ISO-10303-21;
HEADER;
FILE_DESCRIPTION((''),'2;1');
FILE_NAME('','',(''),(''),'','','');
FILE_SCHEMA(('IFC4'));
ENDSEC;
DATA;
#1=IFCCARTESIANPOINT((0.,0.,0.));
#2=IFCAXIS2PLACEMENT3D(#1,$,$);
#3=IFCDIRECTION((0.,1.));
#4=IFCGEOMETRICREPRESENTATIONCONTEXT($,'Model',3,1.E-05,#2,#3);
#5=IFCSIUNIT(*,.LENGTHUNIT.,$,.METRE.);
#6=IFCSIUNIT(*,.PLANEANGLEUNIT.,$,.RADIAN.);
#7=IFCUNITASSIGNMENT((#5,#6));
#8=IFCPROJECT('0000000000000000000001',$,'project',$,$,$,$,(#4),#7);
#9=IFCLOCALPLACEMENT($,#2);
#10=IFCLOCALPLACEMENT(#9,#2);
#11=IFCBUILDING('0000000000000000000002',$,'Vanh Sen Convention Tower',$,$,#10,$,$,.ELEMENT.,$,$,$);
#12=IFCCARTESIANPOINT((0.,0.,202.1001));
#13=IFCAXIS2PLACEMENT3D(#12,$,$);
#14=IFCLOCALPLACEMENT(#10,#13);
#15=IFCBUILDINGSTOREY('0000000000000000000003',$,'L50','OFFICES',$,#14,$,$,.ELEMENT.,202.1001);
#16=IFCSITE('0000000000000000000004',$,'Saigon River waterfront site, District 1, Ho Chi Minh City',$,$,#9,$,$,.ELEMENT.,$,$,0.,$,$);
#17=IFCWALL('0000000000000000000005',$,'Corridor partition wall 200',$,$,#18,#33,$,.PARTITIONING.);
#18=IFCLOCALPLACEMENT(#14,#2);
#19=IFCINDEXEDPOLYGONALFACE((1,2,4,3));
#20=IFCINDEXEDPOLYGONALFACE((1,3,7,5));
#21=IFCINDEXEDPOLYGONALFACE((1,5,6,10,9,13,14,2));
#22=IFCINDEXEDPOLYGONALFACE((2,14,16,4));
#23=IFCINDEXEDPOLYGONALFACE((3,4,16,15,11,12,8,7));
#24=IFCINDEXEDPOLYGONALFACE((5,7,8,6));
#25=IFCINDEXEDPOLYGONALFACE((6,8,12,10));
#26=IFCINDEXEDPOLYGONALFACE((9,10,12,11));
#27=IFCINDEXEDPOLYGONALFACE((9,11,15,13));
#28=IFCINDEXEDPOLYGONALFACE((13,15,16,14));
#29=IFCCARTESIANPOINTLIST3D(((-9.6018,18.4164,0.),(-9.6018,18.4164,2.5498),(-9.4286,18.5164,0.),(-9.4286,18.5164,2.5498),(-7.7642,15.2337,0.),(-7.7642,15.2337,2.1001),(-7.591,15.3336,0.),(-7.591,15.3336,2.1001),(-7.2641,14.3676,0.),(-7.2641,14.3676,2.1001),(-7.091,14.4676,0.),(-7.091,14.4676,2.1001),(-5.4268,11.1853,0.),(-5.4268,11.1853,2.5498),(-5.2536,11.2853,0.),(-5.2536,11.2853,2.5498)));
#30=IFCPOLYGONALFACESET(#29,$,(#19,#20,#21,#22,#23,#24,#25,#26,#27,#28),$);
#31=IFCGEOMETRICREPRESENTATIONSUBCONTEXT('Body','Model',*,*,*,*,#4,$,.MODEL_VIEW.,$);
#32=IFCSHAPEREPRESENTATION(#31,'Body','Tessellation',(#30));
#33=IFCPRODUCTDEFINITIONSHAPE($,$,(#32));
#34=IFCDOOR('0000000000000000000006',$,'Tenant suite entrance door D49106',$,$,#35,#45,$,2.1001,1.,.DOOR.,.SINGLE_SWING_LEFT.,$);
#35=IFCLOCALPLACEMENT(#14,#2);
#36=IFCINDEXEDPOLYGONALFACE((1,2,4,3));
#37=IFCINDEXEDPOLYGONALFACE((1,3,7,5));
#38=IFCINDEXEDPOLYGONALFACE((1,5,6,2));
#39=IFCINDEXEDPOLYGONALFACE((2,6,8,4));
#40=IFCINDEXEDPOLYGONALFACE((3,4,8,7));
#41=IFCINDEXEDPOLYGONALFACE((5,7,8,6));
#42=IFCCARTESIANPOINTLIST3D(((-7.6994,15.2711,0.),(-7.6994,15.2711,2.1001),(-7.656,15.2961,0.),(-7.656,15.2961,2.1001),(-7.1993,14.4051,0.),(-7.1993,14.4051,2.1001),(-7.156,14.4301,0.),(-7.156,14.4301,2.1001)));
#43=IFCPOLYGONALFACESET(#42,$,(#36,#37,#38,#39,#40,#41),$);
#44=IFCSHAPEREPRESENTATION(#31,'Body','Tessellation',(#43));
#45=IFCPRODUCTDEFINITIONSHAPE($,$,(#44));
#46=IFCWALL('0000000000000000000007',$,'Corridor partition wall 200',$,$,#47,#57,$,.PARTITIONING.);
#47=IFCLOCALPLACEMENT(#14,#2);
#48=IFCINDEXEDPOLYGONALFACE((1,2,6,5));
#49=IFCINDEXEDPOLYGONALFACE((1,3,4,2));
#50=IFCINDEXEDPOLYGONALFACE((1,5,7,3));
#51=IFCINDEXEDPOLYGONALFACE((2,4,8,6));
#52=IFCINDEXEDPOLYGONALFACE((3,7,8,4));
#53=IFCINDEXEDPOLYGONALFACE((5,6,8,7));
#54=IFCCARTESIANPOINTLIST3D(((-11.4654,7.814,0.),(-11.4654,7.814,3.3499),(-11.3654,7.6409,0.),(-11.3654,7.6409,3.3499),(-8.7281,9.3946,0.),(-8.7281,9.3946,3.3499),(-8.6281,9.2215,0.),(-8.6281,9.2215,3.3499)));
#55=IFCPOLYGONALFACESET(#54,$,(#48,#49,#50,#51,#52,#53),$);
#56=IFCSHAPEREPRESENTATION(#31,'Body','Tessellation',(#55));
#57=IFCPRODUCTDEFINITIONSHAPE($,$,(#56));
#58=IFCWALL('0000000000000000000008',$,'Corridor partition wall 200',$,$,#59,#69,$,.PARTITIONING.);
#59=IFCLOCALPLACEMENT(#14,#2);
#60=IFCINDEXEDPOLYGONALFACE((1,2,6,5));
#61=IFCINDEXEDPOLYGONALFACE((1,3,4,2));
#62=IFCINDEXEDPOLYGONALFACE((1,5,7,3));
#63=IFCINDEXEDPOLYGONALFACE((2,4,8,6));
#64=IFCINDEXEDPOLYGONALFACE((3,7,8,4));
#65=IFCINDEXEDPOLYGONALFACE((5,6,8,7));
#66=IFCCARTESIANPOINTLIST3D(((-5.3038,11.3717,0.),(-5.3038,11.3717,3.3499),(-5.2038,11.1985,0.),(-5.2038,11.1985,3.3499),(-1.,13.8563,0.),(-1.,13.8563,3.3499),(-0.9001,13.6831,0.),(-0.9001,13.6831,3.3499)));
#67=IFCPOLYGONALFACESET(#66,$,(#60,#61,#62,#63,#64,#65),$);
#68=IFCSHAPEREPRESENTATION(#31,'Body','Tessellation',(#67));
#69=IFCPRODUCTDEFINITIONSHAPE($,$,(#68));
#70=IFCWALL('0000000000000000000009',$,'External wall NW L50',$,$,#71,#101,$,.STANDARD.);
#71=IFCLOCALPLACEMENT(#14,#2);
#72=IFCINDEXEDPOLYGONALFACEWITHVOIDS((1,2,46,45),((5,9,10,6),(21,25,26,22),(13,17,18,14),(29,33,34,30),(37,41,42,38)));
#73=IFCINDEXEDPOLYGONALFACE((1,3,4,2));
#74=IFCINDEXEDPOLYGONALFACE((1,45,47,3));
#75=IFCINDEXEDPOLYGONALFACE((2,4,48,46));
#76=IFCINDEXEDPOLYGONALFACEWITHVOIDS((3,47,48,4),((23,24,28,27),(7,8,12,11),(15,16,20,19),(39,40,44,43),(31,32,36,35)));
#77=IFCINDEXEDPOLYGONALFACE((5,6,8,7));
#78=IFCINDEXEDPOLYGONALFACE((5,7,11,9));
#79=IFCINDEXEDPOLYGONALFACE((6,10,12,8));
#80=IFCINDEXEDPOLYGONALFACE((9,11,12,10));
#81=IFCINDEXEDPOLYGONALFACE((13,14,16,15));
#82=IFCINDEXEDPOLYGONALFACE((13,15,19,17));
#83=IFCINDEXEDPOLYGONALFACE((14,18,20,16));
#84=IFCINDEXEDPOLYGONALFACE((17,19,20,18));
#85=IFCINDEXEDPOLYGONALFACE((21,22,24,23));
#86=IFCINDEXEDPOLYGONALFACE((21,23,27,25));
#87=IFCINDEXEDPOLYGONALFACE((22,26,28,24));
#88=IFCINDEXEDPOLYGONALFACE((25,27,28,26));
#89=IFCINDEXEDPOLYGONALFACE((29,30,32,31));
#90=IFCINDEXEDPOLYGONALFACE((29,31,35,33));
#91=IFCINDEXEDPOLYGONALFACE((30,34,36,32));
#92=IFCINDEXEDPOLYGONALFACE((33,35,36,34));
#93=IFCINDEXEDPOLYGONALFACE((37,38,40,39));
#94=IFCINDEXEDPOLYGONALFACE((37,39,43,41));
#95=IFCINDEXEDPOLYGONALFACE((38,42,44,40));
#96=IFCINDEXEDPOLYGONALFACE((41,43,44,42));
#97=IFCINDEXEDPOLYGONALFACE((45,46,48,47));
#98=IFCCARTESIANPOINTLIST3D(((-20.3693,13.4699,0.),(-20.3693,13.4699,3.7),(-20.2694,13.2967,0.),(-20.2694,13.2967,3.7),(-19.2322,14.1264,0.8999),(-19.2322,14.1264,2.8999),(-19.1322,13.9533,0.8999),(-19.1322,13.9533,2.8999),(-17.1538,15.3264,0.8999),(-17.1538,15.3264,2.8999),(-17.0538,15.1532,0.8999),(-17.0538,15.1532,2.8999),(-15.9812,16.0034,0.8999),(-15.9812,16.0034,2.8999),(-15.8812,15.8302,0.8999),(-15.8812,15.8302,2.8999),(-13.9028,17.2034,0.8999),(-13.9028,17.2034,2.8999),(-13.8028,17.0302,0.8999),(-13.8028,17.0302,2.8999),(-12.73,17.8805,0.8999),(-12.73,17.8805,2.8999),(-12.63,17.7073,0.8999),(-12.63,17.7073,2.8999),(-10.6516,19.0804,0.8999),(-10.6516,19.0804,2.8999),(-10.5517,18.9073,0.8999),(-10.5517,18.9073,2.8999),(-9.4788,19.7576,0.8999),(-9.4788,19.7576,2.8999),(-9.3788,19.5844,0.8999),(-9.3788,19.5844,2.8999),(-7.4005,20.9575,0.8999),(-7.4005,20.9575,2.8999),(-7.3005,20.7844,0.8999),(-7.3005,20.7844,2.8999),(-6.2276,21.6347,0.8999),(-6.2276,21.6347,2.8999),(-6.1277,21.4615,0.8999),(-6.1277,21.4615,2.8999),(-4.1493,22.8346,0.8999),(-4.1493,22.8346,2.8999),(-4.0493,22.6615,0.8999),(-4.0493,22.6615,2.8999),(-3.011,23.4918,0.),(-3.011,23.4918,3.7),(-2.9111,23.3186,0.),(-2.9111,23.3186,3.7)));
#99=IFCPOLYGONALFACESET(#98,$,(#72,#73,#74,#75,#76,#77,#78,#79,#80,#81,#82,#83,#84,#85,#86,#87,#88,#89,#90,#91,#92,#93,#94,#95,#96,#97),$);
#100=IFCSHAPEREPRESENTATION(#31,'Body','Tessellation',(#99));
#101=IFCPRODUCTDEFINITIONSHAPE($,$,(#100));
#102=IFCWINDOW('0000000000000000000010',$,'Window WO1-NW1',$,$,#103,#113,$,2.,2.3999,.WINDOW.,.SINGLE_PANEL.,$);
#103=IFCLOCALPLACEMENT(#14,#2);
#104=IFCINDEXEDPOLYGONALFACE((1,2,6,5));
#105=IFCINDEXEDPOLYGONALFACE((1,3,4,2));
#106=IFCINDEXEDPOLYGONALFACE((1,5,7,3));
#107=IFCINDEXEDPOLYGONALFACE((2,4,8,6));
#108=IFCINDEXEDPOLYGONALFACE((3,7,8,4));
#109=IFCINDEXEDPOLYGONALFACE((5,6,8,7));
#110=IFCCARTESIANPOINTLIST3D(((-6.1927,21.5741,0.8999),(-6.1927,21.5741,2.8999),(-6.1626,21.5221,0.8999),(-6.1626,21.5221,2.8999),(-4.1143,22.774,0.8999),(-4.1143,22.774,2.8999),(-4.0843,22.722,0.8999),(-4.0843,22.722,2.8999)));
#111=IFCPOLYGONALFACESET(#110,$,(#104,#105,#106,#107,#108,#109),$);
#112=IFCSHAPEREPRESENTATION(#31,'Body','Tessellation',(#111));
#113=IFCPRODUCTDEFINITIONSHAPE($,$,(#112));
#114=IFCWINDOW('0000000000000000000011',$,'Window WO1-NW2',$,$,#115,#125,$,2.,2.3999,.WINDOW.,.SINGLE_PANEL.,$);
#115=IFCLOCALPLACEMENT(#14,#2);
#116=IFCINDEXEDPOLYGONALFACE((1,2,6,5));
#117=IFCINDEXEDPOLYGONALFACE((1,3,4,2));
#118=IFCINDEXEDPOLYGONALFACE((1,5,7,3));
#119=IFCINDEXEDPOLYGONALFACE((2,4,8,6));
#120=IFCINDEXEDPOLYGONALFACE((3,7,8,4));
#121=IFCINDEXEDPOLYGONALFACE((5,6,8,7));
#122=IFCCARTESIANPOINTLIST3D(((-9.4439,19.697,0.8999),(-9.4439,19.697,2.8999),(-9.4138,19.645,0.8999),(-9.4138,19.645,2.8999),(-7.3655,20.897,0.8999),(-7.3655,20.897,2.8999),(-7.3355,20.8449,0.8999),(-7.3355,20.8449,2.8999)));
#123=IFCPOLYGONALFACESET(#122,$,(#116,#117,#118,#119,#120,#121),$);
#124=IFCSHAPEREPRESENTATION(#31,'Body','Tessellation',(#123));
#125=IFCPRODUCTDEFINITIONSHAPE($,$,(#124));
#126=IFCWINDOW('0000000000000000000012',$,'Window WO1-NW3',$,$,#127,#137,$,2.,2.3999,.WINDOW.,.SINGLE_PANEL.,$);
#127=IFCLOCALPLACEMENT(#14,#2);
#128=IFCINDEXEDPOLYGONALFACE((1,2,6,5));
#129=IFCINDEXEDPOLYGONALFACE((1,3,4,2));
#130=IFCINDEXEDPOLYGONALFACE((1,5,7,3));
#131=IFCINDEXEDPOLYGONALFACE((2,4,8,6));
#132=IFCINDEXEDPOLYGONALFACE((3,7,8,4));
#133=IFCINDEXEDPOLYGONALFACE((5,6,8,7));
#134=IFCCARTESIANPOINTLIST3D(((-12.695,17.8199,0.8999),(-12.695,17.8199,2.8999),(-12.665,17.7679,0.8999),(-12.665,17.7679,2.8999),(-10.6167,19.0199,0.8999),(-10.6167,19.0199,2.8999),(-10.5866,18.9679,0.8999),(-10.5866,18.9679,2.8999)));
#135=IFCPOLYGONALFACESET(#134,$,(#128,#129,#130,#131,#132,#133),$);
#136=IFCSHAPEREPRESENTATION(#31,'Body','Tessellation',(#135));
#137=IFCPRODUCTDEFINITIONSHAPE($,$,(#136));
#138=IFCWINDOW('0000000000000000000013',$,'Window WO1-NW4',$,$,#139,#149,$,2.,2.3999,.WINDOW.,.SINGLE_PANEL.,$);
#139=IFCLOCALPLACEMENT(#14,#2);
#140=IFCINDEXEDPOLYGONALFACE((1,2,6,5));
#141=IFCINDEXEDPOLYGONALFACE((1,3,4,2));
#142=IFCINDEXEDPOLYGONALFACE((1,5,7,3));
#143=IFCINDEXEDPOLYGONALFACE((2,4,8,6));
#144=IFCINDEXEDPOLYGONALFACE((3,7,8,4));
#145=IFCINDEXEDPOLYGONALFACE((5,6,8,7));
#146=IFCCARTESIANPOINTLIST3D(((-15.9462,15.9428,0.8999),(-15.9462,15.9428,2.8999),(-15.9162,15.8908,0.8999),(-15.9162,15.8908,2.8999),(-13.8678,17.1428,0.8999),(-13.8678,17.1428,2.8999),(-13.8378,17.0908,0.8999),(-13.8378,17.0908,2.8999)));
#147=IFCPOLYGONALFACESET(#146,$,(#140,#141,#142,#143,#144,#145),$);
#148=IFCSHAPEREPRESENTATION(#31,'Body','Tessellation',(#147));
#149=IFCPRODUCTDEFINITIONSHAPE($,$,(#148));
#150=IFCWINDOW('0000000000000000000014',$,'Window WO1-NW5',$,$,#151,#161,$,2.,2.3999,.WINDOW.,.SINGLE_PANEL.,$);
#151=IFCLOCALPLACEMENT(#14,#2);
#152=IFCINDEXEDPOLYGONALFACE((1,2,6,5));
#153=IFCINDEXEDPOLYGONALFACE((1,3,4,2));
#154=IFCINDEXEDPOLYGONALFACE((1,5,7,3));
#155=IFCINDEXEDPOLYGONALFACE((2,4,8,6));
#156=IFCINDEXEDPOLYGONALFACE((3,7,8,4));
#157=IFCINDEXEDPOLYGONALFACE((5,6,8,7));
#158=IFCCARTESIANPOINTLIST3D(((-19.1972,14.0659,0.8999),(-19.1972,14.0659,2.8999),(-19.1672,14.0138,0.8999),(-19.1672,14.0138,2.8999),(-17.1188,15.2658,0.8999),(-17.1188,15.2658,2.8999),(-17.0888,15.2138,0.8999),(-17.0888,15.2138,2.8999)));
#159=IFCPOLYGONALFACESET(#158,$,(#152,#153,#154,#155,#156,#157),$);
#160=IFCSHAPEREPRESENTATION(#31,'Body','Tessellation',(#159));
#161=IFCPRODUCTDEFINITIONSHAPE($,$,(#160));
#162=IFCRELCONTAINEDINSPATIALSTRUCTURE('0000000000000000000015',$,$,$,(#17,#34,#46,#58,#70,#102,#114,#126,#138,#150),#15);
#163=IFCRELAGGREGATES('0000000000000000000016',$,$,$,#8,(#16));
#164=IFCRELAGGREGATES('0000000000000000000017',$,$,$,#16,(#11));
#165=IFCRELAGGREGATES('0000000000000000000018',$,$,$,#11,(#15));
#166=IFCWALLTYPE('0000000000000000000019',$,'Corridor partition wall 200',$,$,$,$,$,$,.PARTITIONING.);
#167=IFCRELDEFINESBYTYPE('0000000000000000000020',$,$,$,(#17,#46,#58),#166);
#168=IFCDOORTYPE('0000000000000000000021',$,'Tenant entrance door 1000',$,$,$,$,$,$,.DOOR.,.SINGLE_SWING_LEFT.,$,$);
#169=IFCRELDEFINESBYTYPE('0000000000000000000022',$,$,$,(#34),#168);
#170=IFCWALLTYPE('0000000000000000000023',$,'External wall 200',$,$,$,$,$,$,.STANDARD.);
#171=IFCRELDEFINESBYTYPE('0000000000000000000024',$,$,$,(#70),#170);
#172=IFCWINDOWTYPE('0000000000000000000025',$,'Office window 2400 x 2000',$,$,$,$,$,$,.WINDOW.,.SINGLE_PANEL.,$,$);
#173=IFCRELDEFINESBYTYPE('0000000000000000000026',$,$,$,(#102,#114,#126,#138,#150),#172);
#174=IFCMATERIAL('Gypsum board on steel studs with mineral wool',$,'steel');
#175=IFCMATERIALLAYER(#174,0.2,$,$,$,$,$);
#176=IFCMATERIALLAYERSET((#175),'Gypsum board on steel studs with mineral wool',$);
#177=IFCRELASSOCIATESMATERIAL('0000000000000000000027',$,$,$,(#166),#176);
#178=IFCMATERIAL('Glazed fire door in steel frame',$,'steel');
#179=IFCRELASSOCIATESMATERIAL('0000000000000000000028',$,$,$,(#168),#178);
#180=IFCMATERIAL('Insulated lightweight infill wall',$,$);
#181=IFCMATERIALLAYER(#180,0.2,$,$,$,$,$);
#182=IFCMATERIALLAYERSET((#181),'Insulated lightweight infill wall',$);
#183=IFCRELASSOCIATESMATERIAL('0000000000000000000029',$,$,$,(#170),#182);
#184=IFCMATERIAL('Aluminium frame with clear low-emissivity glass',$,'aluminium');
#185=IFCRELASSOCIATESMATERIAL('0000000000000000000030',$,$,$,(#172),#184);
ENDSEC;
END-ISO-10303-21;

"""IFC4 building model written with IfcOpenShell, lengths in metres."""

from ifc_helpers import new_model, si_unit, direction, frame, frame_2d, origin, place, context, subcontext, project, spatial, rectangle, extrude, material, layer, layer_set, type_object, element, fill, save


model = new_model("IFC4")

# Units and contexts
model_context = context("Model", 3, precision=1e-05, world=origin(), true_north=direction((0.0, 1.0)))
body_context = subcontext(model_context, "Body", "Model", "MODEL_VIEW")
ifc_project = project(units=[si_unit("LENGTHUNIT", "METRE"), si_unit("PLANEANGLEUNIT", "RADIAN")], contexts=[model_context])

# Site, building, storey
site_placement = place(None, origin())
site = spatial("IfcSite", under=ifc_project, at=site_placement, Name="Saigon River waterfront site, District 1, Ho Chi Minh City", CompositionType="ELEMENT", RefElevation=0.0)
building_placement = place(site_placement, origin())
building = spatial("IfcBuilding", under=site, at=building_placement, Name="Vanh Sen Convention Tower", CompositionType="ELEMENT")
storey_placement = place(building_placement, frame((0.0, 0.0, 202.1001)))
storey = spatial("IfcBuildingStorey", under=building, at=storey_placement, Name="L50", Description="OFFICES", CompositionType="ELEMENT", Elevation=202.1001)

# Wall, opening, door
ifc_material_1 = material(Name="Gypsum board on steel studs with mineral wool", Category="steel")
ifc_layer_1 = layer(ifc_material_1, 0.2)
ifc_layer_set_1 = layer_set([ifc_layer_1], Name="Gypsum board on steel studs with mineral wool")
wall_type_1 = type_object("IfcWallType", Name="Corridor partition wall 200", PredefinedType="PARTITIONING", material=ifc_layer_set_1)
wall_1_placement = place(storey_placement, frame((-9.5151, 18.4663, 0.0), z_axis=(0.0, 0.0, 1.0), x_axis=(0.50001, -0.86602, 0.0)))
wall_1 = element("IfcWall", 1, at=wall_1_placement, inside=storey, type_object=wall_type_1, Name="Corridor partition wall 200", PredefinedType="PARTITIONING", context=body_context, shape_type="SweptSolid", body=[
    extrude(rectangle(XDim=8.3499, YDim=0.2, at=frame_2d((4.1748, 0.0))), origin(), (0.0, 0.0, 1.0), 2.5498),
])
opening_1_placement = place(wall_1_placement, frame((3.675, 0.0, 0.0)))
opening_1 = element("IfcOpeningElement", 2, at=opening_1_placement, cuts=wall_1, PredefinedType="OPENING", context=body_context, shape_type="SweptSolid", body=[
    extrude(rectangle(XDim=1.0, YDim=2.1001, at=frame_2d((0.5, 1.05))), frame((0.0, 0.1099, 0.0), z_axis=(0.0, -1.0, 0.0), x_axis=(1.0, 0.0, 0.0)), (0.0, 0.0, 1.0), 0.22),
])
ifc_material_2 = material(Name="Glazed fire door in steel frame", Category="steel")
door_type = type_object("IfcDoorType", Name="Tenant entrance door 1000", OperationType="SINGLE_SWING_LEFT", PredefinedType="DOOR", material=ifc_material_2)
door_placement = place(opening_1_placement, origin())
door = element("IfcDoor", 3, at=door_placement, inside=storey, type_object=door_type, Name="Tenant suite entrance door D49106", OperationType="SINGLE_SWING_LEFT", OverallHeight=2.1001, OverallWidth=1.0, PredefinedType="DOOR", context=body_context, shape_type="SweptSolid", body=[
    extrude(rectangle(XDim=1.0, YDim=2.1001, at=frame_2d((0.5, 1.05))), frame((0.0, 0.0249, 0.0), z_axis=(0.0, -1.0, 0.0), x_axis=(1.0, 0.0, 0.0)), (0.0, 0.0, 1.0), 0.05),
])
fill(opening_1, door)

# Walls
wall_2_placement = place(storey_placement, frame((-8.678, 9.3081, 0.0), z_axis=(0.0, 0.0, 1.0), x_axis=(-0.866, -0.500043, 0.0)))
element("IfcWall", 4, at=wall_2_placement, inside=storey, type_object=wall_type_1, Name="Corridor partition wall 200", PredefinedType="PARTITIONING", context=body_context, shape_type="SweptSolid", body=[
    extrude(rectangle(XDim=3.1609, YDim=0.2, at=frame_2d((1.5806, 0.0))), origin(), (0.0, 0.0, 1.0), 3.3499),
])
wall_3_placement = place(storey_placement, frame((-0.95, 13.7698, 0.0), z_axis=(0.0, 0.0, 1.0), x_axis=(-0.866037, -0.49998, 0.0)))
element("IfcWall", 5, at=wall_3_placement, inside=storey, type_object=wall_type_1, Name="Corridor partition wall 200", PredefinedType="PARTITIONING", context=body_context, shape_type="SweptSolid", body=[
    extrude(rectangle(XDim=4.9695, YDim=0.2, at=frame_2d((2.4849, 0.0))), origin(), (0.0, 0.0, 1.0), 3.3499),
])

# Wall, openings, windows
ifc_material_3 = material(Name="Insulated lightweight infill wall")
ifc_layer_2 = layer(ifc_material_3, 0.2)
ifc_layer_set_2 = layer_set([ifc_layer_2], Name="Insulated lightweight infill wall")
wall_type_2 = type_object("IfcWallType", Name="External wall 200", PredefinedType="STANDARD", material=ifc_layer_set_2)
wall_4_placement = place(storey_placement, frame((-2.9609, 23.4053, 0.0), z_axis=(0.0, 0.0, 1.0), x_axis=(-0.866023, -0.500004, 0.0)))
wall_4 = element("IfcWall", 6, at=wall_4_placement, inside=storey, type_object=wall_type_2, Name="External wall NW L50", PredefinedType="STANDARD", context=body_context, shape_type="SweptSolid", body=[
    extrude(rectangle(XDim=20.0437, YDim=0.2, at=frame_2d((10.022, 0.0))), origin(), (0.0, 0.0, 1.0), 3.7),
])
opening_2_placement = place(wall_4_placement, frame((1.3145, 0.0, 0.8999)))
opening_2 = element("IfcOpeningElement", 7, at=opening_2_placement, cuts=wall_4, PredefinedType="OPENING", context=body_context, shape_type="SweptSolid", body=[
    extrude(rectangle(XDim=2.3999, YDim=2.0, at=frame_2d((1.2, 1.0))), frame((0.0, 0.1099, 0.0), z_axis=(0.0, -1.0, 0.0), x_axis=(1.0, 0.0, 0.0)), (0.0, 0.0, 1.0), 0.22),
])
opening_3_placement = place(wall_4_placement, frame((5.0686, 0.0, 0.8999)))
opening_3 = element("IfcOpeningElement", 8, at=opening_3_placement, cuts=wall_4, PredefinedType="OPENING", context=body_context, shape_type="SweptSolid", body=[
    extrude(rectangle(XDim=2.3999, YDim=2.0, at=frame_2d((1.2, 1.0))), frame((0.0, 0.1099, 0.0), z_axis=(0.0, -1.0, 0.0), x_axis=(1.0, 0.0, 0.0)), (0.0, 0.0, 1.0), 0.22),
])
opening_4_placement = place(wall_4_placement, frame((8.8228, 0.0, 0.8999)))
opening_4 = element("IfcOpeningElement", 9, at=opening_4_placement, cuts=wall_4, PredefinedType="OPENING", context=body_context, shape_type="SweptSolid", body=[
    extrude(rectangle(XDim=2.3999, YDim=2.0, at=frame_2d((1.2, 1.0))), frame((0.0, 0.1099, 0.0), z_axis=(0.0, -1.0, 0.0), x_axis=(1.0, 0.0, 0.0)), (0.0, 0.0, 1.0), 0.22),
])
opening_5_placement = place(wall_4_placement, frame((12.5769, 0.0, 0.8999)))
opening_5 = element("IfcOpeningElement", 10, at=opening_5_placement, cuts=wall_4, PredefinedType="OPENING", context=body_context, shape_type="SweptSolid", body=[
    extrude(rectangle(XDim=2.3999, YDim=2.0, at=frame_2d((1.2, 1.0))), frame((0.0, 0.1099, 0.0), z_axis=(0.0, -1.0, 0.0), x_axis=(1.0, 0.0, 0.0)), (0.0, 0.0, 1.0), 0.22),
])
opening_6_placement = place(wall_4_placement, frame((16.3308, 0.0, 0.8999)))
opening_6 = element("IfcOpeningElement", 11, at=opening_6_placement, cuts=wall_4, PredefinedType="OPENING", context=body_context, shape_type="SweptSolid", body=[
    extrude(rectangle(XDim=2.3999, YDim=2.0, at=frame_2d((1.2, 1.0))), frame((0.0, 0.1099, 0.0), z_axis=(0.0, -1.0, 0.0), x_axis=(1.0, 0.0, 0.0)), (0.0, 0.0, 1.0), 0.22),
])
ifc_material_4 = material(Name="Aluminium frame with clear low-emissivity glass", Category="aluminium")
window_type = type_object("IfcWindowType", Name="Office window 2400 x 2000", PartitioningType="SINGLE_PANEL", PredefinedType="WINDOW", material=ifc_material_4)
window_1_placement = place(opening_2_placement, origin())
window_1 = element("IfcWindow", 12, at=window_1_placement, inside=storey, type_object=window_type, Name="Window WO1-NW1", OverallHeight=2.0, OverallWidth=2.3999, PartitioningType="SINGLE_PANEL", PredefinedType="WINDOW", context=body_context, shape_type="SweptSolid", body=[
    extrude(rectangle(XDim=2.3999, YDim=2.0, at=frame_2d((1.2, 1.0))), frame((0.0, 0.03, 0.0), z_axis=(0.0, -1.0, 0.0), x_axis=(1.0, 0.0, 0.0)), (0.0, 0.0, 1.0), 0.0601),
])
fill(opening_2, window_1)
window_2_placement = place(opening_3_placement, origin())
window_2 = element("IfcWindow", 13, at=window_2_placement, inside=storey, type_object=window_type, Name="Window WO1-NW2", OverallHeight=2.0, OverallWidth=2.3999, PartitioningType="SINGLE_PANEL", PredefinedType="WINDOW", context=body_context, shape_type="SweptSolid", body=[
    extrude(rectangle(XDim=2.3999, YDim=2.0, at=frame_2d((1.2, 1.0))), frame((0.0, 0.03, 0.0), z_axis=(0.0, -1.0, 0.0), x_axis=(1.0, 0.0, 0.0)), (0.0, 0.0, 1.0), 0.0601),
])
fill(opening_3, window_2)
window_3_placement = place(opening_4_placement, origin())
window_3 = element("IfcWindow", 14, at=window_3_placement, inside=storey, type_object=window_type, Name="Window WO1-NW3", OverallHeight=2.0, OverallWidth=2.3999, PartitioningType="SINGLE_PANEL", PredefinedType="WINDOW", context=body_context, shape_type="SweptSolid", body=[
    extrude(rectangle(XDim=2.3999, YDim=2.0, at=frame_2d((1.2, 1.0))), frame((0.0, 0.03, 0.0), z_axis=(0.0, -1.0, 0.0), x_axis=(1.0, 0.0, 0.0)), (0.0, 0.0, 1.0), 0.0601),
])
fill(opening_4, window_3)
window_4_placement = place(opening_5_placement, origin())
window_4 = element("IfcWindow", 15, at=window_4_placement, inside=storey, type_object=window_type, Name="Window WO1-NW4", OverallHeight=2.0, OverallWidth=2.3999, PartitioningType="SINGLE_PANEL", PredefinedType="WINDOW", context=body_context, shape_type="SweptSolid", body=[
    extrude(rectangle(XDim=2.3999, YDim=2.0, at=frame_2d((1.2, 1.0))), frame((0.0, 0.03, 0.0), z_axis=(0.0, -1.0, 0.0), x_axis=(1.0, 0.0, 0.0)), (0.0, 0.0, 1.0), 0.0601),
])
fill(opening_5, window_4)
window_5_placement = place(opening_6_placement, origin())
window_5 = element("IfcWindow", 16, at=window_5_placement, inside=storey, type_object=window_type, Name="Window WO1-NW5", OverallHeight=2.0, OverallWidth=2.3999, PartitioningType="SINGLE_PANEL", PredefinedType="WINDOW", context=body_context, shape_type="SweptSolid", body=[
    extrude(rectangle(XDim=2.3999, YDim=2.0, at=frame_2d((1.2, 1.0))), frame((0.0, 0.03, 0.0), z_axis=(0.0, -1.0, 0.0), x_axis=(1.0, 0.0, 0.0)), (0.0, 0.0, 1.0), 0.0601),
])
fill(opening_6, window_5)

save(model, "model.ifc")
